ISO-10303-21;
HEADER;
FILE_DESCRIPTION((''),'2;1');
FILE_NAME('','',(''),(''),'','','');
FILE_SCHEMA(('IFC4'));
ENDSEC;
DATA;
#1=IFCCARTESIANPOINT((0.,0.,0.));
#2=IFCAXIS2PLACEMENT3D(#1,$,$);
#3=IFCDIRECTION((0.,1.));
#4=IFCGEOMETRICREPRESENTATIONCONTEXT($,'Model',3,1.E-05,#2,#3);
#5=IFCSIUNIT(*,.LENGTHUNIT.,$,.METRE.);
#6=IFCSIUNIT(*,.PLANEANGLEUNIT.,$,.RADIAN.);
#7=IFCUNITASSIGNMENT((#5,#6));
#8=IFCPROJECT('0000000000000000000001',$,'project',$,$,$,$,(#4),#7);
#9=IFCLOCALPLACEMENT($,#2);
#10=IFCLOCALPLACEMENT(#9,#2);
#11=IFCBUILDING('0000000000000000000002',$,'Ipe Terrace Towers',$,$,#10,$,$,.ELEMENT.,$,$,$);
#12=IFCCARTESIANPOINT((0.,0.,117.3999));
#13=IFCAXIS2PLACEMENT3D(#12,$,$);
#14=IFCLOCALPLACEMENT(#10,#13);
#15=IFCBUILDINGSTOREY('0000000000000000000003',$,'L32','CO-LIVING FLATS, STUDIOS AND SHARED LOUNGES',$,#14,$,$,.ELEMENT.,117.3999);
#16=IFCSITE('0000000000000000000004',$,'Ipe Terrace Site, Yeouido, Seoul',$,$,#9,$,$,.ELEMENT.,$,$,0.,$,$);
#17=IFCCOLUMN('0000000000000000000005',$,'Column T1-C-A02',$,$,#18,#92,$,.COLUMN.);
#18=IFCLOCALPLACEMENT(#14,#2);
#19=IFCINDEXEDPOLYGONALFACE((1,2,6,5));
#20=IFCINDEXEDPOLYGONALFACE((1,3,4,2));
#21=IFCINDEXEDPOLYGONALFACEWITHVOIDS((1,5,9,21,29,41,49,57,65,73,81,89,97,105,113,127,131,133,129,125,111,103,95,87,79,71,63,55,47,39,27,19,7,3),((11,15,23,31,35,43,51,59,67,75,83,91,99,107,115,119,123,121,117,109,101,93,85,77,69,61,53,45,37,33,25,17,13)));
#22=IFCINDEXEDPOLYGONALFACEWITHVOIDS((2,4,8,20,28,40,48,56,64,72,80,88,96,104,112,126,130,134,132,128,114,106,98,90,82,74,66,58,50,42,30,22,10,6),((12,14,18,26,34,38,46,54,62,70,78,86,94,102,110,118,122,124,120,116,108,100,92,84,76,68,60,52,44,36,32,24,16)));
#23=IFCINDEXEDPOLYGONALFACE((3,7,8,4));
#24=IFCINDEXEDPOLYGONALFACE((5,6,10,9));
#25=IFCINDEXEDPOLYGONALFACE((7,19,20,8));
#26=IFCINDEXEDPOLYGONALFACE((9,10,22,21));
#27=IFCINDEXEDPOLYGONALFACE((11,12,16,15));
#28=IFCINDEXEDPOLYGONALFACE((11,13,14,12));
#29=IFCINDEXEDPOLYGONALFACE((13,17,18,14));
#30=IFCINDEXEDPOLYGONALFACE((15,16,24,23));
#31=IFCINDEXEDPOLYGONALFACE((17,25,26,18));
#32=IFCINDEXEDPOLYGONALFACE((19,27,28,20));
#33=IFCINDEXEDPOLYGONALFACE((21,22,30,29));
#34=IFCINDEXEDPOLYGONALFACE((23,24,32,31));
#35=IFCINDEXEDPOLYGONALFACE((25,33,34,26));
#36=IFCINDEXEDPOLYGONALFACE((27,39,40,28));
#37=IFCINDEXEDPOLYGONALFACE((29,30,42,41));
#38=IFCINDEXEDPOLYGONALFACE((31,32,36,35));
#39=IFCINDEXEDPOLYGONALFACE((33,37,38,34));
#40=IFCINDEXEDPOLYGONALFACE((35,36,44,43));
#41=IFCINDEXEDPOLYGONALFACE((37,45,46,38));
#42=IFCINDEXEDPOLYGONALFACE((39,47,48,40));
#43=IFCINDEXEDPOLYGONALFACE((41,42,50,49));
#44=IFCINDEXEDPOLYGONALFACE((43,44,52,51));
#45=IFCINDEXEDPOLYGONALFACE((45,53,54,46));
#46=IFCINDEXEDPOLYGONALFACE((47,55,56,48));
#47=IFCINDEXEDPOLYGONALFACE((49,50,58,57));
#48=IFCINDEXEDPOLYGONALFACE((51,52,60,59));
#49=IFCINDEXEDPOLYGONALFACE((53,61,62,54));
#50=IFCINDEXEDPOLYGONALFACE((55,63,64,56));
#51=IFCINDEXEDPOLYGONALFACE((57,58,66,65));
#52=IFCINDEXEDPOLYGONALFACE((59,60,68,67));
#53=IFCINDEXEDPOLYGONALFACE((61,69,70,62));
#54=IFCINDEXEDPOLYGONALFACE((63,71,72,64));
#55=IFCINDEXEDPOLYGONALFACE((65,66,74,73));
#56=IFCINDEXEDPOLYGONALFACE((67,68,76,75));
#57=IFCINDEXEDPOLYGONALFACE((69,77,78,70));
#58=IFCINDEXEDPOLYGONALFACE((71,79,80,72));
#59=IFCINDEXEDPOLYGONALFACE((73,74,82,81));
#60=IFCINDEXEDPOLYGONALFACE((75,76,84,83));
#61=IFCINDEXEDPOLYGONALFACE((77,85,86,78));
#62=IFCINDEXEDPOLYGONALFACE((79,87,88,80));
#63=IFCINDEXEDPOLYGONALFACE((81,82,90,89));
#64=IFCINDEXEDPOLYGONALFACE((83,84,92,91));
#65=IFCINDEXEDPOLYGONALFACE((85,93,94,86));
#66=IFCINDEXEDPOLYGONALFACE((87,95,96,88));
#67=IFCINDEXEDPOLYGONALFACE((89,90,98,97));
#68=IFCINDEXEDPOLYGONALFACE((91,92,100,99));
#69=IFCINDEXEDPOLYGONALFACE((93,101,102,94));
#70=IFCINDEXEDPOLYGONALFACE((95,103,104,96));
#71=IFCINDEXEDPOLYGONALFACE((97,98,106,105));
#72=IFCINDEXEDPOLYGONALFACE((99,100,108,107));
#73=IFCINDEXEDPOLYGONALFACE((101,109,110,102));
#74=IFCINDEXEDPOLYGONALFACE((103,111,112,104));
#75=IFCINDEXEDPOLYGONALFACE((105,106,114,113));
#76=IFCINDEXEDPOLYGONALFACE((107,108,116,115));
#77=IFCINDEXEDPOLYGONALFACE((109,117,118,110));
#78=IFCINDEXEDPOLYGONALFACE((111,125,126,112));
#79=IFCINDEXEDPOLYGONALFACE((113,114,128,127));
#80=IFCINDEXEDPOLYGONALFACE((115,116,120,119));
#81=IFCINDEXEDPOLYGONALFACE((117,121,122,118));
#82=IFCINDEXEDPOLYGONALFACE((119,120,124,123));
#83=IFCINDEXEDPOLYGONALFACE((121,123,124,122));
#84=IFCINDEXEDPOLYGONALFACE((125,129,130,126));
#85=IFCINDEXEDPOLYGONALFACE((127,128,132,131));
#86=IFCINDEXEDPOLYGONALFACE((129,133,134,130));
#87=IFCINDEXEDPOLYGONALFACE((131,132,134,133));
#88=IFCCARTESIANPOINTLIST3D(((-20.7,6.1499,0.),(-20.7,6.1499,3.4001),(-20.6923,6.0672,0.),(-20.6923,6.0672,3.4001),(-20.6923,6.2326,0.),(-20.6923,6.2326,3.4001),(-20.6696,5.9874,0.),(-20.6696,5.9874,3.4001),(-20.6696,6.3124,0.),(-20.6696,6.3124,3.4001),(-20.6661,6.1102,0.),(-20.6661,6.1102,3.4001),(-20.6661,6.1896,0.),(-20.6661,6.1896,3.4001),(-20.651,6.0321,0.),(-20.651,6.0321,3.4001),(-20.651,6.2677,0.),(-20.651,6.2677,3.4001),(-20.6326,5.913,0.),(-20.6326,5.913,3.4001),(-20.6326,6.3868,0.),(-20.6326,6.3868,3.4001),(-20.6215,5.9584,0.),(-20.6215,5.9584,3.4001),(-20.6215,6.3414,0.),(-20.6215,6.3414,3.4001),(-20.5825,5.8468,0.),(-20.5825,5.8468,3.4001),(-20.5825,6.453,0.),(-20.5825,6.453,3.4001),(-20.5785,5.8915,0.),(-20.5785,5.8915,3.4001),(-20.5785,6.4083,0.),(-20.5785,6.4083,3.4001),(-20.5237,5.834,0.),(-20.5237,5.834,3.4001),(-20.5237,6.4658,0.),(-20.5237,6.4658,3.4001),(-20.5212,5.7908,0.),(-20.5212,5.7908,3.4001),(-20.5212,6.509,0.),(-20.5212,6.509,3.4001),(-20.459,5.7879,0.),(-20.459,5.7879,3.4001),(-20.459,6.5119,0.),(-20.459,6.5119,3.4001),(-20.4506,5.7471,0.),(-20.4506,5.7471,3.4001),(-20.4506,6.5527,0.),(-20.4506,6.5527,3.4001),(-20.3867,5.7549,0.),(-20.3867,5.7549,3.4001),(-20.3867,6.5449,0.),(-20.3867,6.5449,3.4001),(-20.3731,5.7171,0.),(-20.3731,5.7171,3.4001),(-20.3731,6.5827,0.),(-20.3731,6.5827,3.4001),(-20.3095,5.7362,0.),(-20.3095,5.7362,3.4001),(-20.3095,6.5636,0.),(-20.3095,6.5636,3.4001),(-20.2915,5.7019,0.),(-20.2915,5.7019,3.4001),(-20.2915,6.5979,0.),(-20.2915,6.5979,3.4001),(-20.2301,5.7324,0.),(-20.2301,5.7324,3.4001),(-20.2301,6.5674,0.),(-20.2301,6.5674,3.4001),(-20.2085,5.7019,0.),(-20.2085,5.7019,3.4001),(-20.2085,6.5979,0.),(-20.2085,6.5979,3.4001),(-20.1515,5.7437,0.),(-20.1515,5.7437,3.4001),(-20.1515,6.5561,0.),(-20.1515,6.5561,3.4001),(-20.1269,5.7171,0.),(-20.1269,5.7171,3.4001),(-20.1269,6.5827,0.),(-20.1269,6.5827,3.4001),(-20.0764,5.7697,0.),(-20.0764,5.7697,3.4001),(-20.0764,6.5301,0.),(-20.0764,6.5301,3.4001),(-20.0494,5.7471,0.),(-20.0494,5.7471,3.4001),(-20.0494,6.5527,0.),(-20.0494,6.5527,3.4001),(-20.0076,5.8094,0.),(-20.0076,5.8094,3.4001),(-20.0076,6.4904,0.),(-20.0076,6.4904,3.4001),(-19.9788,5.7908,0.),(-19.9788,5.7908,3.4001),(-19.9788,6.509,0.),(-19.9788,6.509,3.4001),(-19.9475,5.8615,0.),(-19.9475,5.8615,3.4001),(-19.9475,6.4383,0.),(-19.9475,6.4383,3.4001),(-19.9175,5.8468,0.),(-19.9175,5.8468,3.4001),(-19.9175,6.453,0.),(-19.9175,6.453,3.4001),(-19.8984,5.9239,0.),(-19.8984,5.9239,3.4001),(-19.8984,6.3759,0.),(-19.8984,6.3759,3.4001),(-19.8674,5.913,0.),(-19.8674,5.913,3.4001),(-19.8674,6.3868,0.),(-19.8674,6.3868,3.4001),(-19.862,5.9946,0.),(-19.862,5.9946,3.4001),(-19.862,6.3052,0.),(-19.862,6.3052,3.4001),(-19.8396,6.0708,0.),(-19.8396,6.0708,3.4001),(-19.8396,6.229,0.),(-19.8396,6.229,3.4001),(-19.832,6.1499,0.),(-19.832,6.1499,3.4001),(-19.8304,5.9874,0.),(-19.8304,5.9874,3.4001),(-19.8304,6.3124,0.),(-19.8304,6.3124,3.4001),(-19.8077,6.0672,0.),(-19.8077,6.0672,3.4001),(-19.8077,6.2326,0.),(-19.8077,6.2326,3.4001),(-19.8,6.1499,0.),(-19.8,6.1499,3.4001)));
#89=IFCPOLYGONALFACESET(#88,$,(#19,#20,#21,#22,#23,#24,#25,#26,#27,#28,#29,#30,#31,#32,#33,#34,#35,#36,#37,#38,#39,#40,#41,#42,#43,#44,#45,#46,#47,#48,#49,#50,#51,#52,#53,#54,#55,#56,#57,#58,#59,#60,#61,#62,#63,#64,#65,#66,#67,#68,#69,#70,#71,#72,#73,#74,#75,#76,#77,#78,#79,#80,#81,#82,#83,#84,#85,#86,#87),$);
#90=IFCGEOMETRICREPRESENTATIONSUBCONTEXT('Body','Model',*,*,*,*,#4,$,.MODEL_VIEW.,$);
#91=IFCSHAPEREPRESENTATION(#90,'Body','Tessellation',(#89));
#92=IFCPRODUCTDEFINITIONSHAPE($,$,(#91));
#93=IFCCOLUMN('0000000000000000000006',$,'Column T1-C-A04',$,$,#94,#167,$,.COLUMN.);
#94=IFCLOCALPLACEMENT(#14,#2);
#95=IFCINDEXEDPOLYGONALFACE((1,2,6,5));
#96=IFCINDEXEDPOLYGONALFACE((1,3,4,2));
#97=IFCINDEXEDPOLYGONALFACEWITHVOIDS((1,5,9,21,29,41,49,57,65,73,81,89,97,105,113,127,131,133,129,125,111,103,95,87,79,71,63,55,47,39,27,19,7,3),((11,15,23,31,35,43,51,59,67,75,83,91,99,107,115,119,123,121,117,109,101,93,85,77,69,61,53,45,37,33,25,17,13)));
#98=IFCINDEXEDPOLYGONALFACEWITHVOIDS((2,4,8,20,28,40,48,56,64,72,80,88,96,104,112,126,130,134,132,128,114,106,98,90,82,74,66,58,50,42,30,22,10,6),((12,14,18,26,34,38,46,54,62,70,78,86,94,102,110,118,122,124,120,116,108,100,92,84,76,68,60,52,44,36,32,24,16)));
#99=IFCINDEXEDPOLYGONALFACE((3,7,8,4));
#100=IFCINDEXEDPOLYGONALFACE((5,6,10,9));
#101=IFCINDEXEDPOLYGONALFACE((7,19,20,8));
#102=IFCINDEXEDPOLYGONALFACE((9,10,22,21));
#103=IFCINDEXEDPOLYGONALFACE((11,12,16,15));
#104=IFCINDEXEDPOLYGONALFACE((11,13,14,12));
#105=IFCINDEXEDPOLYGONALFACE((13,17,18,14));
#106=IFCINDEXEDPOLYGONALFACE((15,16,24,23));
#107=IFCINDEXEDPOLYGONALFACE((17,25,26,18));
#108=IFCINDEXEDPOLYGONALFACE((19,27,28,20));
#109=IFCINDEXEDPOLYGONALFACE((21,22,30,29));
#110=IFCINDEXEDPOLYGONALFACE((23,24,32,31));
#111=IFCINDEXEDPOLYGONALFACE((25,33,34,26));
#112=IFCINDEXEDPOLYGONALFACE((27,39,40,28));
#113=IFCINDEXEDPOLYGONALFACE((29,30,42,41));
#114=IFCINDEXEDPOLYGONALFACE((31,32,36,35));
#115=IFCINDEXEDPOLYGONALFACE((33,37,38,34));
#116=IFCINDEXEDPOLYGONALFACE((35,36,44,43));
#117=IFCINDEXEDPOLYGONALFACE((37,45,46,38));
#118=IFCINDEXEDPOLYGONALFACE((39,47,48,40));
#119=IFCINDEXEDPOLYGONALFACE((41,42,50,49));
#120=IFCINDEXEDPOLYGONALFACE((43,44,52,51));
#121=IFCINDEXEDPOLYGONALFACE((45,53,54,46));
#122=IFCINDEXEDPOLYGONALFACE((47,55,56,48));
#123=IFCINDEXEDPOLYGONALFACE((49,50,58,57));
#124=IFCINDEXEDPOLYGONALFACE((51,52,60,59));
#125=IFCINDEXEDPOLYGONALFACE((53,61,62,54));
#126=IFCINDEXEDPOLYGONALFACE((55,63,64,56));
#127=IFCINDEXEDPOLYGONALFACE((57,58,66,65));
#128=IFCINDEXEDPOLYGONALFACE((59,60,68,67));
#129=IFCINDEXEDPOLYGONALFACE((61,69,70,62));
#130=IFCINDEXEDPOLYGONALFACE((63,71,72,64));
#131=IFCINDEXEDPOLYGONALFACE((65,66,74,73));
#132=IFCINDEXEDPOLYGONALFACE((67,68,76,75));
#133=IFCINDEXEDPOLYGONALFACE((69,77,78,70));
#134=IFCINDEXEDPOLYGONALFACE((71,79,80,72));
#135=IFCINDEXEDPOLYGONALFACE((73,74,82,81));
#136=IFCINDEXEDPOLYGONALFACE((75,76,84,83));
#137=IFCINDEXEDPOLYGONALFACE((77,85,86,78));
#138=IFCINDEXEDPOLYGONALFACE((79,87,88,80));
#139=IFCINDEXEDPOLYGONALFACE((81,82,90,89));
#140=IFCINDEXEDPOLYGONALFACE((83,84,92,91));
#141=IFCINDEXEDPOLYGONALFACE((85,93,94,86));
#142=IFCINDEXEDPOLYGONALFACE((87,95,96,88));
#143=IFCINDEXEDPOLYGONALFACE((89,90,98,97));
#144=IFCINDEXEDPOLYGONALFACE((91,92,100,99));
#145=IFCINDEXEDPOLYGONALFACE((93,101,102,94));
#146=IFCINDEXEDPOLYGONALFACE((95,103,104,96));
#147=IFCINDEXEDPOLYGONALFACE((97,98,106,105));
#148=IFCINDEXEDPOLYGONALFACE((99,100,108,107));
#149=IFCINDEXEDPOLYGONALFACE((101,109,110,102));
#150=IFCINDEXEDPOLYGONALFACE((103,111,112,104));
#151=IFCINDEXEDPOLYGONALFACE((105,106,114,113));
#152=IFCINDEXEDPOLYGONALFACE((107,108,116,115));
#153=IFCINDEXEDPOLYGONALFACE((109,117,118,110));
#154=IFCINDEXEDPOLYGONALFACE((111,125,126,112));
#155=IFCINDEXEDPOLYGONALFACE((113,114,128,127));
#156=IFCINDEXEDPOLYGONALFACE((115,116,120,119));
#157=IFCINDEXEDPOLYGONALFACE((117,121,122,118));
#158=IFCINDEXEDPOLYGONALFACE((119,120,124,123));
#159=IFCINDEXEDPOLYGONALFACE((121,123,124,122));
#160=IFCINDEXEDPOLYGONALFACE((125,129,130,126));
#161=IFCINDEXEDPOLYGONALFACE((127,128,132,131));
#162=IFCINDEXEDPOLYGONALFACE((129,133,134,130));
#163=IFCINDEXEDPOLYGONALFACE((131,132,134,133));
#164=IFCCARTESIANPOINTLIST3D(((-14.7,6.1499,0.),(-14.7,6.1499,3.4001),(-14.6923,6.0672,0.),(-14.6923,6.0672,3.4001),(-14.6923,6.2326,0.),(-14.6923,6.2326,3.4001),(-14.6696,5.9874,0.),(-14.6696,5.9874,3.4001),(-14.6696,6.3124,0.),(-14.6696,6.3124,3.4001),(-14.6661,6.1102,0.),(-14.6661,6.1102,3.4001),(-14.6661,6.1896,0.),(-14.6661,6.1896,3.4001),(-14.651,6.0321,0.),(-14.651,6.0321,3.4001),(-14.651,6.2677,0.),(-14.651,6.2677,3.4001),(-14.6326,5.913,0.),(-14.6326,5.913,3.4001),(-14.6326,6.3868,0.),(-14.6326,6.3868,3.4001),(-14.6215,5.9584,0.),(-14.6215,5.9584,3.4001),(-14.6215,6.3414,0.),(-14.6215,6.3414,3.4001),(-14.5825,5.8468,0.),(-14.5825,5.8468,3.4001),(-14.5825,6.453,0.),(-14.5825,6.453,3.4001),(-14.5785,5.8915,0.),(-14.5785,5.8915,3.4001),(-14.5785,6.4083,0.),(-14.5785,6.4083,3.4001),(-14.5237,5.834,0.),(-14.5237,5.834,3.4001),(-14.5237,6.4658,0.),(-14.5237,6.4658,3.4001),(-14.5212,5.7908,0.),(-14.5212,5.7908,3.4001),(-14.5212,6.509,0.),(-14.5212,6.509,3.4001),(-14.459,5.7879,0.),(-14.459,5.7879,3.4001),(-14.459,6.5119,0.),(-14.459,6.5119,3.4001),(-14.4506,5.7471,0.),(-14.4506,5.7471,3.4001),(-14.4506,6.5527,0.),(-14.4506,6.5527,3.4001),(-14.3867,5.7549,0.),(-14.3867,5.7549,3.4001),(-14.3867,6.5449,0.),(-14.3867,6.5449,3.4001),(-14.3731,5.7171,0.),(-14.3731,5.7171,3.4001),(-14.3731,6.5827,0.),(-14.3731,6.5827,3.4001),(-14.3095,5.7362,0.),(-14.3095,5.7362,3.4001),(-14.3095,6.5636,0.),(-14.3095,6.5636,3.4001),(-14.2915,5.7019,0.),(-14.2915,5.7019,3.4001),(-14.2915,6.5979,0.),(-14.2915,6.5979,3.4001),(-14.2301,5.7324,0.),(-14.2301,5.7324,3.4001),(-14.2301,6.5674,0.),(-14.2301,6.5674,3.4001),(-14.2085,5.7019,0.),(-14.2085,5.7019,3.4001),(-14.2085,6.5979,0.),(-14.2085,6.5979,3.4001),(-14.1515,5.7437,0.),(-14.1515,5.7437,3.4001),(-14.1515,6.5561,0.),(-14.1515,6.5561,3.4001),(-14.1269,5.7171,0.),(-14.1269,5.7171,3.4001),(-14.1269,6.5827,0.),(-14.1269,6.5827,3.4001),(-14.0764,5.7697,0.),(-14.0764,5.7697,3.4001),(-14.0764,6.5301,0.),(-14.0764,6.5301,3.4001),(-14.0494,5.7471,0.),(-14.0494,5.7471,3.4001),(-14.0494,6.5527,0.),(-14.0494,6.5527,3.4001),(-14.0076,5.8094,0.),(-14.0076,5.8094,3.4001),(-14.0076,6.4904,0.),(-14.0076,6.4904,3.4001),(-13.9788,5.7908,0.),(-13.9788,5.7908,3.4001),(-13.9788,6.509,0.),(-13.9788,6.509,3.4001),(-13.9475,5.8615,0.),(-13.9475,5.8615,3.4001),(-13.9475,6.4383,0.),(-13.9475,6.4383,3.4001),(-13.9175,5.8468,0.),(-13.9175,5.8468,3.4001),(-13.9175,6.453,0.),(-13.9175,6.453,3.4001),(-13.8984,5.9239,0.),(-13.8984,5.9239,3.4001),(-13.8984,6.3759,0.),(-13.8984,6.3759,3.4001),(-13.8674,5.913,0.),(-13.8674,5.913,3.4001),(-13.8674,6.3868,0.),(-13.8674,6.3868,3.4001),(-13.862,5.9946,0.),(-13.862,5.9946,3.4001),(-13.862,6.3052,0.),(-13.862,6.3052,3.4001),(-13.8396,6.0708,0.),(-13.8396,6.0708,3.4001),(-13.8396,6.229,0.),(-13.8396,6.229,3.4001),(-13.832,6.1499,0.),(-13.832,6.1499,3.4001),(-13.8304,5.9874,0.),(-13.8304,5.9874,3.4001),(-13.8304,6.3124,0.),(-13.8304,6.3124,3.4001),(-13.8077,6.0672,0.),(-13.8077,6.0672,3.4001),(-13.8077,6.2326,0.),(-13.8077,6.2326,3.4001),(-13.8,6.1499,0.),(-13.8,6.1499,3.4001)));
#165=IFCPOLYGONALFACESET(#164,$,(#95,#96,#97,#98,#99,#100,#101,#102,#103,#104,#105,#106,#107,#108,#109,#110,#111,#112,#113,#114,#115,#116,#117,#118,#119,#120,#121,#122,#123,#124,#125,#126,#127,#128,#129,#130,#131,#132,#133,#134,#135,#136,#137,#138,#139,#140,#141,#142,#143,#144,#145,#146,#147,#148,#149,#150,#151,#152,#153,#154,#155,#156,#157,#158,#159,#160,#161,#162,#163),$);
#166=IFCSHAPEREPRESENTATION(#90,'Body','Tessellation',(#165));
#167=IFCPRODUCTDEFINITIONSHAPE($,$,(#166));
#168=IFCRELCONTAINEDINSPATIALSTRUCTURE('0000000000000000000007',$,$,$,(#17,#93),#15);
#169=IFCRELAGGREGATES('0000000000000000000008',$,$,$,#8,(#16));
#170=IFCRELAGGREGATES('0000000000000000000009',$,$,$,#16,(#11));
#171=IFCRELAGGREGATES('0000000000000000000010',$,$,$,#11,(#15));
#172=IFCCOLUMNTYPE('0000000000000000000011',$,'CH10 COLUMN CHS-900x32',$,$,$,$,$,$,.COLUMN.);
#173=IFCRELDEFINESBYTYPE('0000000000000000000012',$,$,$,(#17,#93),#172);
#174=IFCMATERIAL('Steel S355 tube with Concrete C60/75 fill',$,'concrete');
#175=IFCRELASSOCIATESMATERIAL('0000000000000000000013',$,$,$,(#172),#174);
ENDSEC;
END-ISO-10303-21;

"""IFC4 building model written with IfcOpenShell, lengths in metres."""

from ifc_helpers import new_model, si_unit, direction, frame, origin, origin_2d, place, context, subcontext, project, spatial, hollow_circle, extrude, material, material_profile, profile_set, type_object, element, save


model = new_model("IFC4")

# Units and contexts
model_context = context("Model", 3, precision=1e-05, world=origin(), true_north=direction((0.0, 1.0)))
body_context = subcontext(model_context, "Body", "Model", "MODEL_VIEW")
ifc_project = project(units=[si_unit("LENGTHUNIT", "METRE"), si_unit("PLANEANGLEUNIT", "RADIAN")], contexts=[model_context])

# Site, building, storey
site_placement = place(None, origin())
site = spatial("IfcSite", under=ifc_project, at=site_placement, Name="Ipe Terrace Site, Yeouido, Seoul", CompositionType="ELEMENT", RefElevation=0.0)
building_placement = place(site_placement, origin())
building = spatial("IfcBuilding", under=site, at=building_placement, Name="Ipe Terrace Towers", CompositionType="ELEMENT")
storey_placement = place(building_placement, frame((0.0, 0.0, 117.3999)))
storey = spatial("IfcBuildingStorey", under=building, at=storey_placement, Name="L32", Description="CO-LIVING FLATS, STUDIOS AND SHARED LOUNGES", CompositionType="ELEMENT", Elevation=117.3999)

# Columns
ifc_material_1 = material(Name="Steel S355 tube with Concrete C60/75 fill", Category="concrete")
ifc_material_profile_1 = material_profile(ifc_material_1, hollow_circle(Radius=0.45, WallThickness=0.032, at=origin_2d()), Name="CHS-900x32")
ifc_profile_set_1 = profile_set([ifc_material_profile_1], Name="Steel S355 tube with Concrete C60/75 fill")
column_type = type_object("IfcColumnType", Name="CH10 COLUMN CHS-900x32", PredefinedType="COLUMN", material=ifc_profile_set_1)
for number, where, z_axis, x_axis, name in (
    (1, (-20.25, 6.1499, 0.0), (0.0, 0.0, 1.0), (1.0, 0.0, 0.0), "Column T1-C-A02"),
    (2, (-14.25, 6.1499, 0.0), (0.0, 0.0, 1.0), (1.0, 0.0, 0.0), "Column T1-C-A04"),
):
    element("IfcColumn", number, at=place(storey_placement, frame(where, z_axis=z_axis, x_axis=x_axis)), inside=storey, type_object=column_type, Name=name, PredefinedType="COLUMN", context=body_context, shape_type="SweptSolid", body=[
        extrude(hollow_circle(Radius=0.45, WallThickness=0.032, at=origin_2d()), origin(), (0.0, 0.0, 1.0), 3.4001),
    ])

save(model, "model.ifc")
